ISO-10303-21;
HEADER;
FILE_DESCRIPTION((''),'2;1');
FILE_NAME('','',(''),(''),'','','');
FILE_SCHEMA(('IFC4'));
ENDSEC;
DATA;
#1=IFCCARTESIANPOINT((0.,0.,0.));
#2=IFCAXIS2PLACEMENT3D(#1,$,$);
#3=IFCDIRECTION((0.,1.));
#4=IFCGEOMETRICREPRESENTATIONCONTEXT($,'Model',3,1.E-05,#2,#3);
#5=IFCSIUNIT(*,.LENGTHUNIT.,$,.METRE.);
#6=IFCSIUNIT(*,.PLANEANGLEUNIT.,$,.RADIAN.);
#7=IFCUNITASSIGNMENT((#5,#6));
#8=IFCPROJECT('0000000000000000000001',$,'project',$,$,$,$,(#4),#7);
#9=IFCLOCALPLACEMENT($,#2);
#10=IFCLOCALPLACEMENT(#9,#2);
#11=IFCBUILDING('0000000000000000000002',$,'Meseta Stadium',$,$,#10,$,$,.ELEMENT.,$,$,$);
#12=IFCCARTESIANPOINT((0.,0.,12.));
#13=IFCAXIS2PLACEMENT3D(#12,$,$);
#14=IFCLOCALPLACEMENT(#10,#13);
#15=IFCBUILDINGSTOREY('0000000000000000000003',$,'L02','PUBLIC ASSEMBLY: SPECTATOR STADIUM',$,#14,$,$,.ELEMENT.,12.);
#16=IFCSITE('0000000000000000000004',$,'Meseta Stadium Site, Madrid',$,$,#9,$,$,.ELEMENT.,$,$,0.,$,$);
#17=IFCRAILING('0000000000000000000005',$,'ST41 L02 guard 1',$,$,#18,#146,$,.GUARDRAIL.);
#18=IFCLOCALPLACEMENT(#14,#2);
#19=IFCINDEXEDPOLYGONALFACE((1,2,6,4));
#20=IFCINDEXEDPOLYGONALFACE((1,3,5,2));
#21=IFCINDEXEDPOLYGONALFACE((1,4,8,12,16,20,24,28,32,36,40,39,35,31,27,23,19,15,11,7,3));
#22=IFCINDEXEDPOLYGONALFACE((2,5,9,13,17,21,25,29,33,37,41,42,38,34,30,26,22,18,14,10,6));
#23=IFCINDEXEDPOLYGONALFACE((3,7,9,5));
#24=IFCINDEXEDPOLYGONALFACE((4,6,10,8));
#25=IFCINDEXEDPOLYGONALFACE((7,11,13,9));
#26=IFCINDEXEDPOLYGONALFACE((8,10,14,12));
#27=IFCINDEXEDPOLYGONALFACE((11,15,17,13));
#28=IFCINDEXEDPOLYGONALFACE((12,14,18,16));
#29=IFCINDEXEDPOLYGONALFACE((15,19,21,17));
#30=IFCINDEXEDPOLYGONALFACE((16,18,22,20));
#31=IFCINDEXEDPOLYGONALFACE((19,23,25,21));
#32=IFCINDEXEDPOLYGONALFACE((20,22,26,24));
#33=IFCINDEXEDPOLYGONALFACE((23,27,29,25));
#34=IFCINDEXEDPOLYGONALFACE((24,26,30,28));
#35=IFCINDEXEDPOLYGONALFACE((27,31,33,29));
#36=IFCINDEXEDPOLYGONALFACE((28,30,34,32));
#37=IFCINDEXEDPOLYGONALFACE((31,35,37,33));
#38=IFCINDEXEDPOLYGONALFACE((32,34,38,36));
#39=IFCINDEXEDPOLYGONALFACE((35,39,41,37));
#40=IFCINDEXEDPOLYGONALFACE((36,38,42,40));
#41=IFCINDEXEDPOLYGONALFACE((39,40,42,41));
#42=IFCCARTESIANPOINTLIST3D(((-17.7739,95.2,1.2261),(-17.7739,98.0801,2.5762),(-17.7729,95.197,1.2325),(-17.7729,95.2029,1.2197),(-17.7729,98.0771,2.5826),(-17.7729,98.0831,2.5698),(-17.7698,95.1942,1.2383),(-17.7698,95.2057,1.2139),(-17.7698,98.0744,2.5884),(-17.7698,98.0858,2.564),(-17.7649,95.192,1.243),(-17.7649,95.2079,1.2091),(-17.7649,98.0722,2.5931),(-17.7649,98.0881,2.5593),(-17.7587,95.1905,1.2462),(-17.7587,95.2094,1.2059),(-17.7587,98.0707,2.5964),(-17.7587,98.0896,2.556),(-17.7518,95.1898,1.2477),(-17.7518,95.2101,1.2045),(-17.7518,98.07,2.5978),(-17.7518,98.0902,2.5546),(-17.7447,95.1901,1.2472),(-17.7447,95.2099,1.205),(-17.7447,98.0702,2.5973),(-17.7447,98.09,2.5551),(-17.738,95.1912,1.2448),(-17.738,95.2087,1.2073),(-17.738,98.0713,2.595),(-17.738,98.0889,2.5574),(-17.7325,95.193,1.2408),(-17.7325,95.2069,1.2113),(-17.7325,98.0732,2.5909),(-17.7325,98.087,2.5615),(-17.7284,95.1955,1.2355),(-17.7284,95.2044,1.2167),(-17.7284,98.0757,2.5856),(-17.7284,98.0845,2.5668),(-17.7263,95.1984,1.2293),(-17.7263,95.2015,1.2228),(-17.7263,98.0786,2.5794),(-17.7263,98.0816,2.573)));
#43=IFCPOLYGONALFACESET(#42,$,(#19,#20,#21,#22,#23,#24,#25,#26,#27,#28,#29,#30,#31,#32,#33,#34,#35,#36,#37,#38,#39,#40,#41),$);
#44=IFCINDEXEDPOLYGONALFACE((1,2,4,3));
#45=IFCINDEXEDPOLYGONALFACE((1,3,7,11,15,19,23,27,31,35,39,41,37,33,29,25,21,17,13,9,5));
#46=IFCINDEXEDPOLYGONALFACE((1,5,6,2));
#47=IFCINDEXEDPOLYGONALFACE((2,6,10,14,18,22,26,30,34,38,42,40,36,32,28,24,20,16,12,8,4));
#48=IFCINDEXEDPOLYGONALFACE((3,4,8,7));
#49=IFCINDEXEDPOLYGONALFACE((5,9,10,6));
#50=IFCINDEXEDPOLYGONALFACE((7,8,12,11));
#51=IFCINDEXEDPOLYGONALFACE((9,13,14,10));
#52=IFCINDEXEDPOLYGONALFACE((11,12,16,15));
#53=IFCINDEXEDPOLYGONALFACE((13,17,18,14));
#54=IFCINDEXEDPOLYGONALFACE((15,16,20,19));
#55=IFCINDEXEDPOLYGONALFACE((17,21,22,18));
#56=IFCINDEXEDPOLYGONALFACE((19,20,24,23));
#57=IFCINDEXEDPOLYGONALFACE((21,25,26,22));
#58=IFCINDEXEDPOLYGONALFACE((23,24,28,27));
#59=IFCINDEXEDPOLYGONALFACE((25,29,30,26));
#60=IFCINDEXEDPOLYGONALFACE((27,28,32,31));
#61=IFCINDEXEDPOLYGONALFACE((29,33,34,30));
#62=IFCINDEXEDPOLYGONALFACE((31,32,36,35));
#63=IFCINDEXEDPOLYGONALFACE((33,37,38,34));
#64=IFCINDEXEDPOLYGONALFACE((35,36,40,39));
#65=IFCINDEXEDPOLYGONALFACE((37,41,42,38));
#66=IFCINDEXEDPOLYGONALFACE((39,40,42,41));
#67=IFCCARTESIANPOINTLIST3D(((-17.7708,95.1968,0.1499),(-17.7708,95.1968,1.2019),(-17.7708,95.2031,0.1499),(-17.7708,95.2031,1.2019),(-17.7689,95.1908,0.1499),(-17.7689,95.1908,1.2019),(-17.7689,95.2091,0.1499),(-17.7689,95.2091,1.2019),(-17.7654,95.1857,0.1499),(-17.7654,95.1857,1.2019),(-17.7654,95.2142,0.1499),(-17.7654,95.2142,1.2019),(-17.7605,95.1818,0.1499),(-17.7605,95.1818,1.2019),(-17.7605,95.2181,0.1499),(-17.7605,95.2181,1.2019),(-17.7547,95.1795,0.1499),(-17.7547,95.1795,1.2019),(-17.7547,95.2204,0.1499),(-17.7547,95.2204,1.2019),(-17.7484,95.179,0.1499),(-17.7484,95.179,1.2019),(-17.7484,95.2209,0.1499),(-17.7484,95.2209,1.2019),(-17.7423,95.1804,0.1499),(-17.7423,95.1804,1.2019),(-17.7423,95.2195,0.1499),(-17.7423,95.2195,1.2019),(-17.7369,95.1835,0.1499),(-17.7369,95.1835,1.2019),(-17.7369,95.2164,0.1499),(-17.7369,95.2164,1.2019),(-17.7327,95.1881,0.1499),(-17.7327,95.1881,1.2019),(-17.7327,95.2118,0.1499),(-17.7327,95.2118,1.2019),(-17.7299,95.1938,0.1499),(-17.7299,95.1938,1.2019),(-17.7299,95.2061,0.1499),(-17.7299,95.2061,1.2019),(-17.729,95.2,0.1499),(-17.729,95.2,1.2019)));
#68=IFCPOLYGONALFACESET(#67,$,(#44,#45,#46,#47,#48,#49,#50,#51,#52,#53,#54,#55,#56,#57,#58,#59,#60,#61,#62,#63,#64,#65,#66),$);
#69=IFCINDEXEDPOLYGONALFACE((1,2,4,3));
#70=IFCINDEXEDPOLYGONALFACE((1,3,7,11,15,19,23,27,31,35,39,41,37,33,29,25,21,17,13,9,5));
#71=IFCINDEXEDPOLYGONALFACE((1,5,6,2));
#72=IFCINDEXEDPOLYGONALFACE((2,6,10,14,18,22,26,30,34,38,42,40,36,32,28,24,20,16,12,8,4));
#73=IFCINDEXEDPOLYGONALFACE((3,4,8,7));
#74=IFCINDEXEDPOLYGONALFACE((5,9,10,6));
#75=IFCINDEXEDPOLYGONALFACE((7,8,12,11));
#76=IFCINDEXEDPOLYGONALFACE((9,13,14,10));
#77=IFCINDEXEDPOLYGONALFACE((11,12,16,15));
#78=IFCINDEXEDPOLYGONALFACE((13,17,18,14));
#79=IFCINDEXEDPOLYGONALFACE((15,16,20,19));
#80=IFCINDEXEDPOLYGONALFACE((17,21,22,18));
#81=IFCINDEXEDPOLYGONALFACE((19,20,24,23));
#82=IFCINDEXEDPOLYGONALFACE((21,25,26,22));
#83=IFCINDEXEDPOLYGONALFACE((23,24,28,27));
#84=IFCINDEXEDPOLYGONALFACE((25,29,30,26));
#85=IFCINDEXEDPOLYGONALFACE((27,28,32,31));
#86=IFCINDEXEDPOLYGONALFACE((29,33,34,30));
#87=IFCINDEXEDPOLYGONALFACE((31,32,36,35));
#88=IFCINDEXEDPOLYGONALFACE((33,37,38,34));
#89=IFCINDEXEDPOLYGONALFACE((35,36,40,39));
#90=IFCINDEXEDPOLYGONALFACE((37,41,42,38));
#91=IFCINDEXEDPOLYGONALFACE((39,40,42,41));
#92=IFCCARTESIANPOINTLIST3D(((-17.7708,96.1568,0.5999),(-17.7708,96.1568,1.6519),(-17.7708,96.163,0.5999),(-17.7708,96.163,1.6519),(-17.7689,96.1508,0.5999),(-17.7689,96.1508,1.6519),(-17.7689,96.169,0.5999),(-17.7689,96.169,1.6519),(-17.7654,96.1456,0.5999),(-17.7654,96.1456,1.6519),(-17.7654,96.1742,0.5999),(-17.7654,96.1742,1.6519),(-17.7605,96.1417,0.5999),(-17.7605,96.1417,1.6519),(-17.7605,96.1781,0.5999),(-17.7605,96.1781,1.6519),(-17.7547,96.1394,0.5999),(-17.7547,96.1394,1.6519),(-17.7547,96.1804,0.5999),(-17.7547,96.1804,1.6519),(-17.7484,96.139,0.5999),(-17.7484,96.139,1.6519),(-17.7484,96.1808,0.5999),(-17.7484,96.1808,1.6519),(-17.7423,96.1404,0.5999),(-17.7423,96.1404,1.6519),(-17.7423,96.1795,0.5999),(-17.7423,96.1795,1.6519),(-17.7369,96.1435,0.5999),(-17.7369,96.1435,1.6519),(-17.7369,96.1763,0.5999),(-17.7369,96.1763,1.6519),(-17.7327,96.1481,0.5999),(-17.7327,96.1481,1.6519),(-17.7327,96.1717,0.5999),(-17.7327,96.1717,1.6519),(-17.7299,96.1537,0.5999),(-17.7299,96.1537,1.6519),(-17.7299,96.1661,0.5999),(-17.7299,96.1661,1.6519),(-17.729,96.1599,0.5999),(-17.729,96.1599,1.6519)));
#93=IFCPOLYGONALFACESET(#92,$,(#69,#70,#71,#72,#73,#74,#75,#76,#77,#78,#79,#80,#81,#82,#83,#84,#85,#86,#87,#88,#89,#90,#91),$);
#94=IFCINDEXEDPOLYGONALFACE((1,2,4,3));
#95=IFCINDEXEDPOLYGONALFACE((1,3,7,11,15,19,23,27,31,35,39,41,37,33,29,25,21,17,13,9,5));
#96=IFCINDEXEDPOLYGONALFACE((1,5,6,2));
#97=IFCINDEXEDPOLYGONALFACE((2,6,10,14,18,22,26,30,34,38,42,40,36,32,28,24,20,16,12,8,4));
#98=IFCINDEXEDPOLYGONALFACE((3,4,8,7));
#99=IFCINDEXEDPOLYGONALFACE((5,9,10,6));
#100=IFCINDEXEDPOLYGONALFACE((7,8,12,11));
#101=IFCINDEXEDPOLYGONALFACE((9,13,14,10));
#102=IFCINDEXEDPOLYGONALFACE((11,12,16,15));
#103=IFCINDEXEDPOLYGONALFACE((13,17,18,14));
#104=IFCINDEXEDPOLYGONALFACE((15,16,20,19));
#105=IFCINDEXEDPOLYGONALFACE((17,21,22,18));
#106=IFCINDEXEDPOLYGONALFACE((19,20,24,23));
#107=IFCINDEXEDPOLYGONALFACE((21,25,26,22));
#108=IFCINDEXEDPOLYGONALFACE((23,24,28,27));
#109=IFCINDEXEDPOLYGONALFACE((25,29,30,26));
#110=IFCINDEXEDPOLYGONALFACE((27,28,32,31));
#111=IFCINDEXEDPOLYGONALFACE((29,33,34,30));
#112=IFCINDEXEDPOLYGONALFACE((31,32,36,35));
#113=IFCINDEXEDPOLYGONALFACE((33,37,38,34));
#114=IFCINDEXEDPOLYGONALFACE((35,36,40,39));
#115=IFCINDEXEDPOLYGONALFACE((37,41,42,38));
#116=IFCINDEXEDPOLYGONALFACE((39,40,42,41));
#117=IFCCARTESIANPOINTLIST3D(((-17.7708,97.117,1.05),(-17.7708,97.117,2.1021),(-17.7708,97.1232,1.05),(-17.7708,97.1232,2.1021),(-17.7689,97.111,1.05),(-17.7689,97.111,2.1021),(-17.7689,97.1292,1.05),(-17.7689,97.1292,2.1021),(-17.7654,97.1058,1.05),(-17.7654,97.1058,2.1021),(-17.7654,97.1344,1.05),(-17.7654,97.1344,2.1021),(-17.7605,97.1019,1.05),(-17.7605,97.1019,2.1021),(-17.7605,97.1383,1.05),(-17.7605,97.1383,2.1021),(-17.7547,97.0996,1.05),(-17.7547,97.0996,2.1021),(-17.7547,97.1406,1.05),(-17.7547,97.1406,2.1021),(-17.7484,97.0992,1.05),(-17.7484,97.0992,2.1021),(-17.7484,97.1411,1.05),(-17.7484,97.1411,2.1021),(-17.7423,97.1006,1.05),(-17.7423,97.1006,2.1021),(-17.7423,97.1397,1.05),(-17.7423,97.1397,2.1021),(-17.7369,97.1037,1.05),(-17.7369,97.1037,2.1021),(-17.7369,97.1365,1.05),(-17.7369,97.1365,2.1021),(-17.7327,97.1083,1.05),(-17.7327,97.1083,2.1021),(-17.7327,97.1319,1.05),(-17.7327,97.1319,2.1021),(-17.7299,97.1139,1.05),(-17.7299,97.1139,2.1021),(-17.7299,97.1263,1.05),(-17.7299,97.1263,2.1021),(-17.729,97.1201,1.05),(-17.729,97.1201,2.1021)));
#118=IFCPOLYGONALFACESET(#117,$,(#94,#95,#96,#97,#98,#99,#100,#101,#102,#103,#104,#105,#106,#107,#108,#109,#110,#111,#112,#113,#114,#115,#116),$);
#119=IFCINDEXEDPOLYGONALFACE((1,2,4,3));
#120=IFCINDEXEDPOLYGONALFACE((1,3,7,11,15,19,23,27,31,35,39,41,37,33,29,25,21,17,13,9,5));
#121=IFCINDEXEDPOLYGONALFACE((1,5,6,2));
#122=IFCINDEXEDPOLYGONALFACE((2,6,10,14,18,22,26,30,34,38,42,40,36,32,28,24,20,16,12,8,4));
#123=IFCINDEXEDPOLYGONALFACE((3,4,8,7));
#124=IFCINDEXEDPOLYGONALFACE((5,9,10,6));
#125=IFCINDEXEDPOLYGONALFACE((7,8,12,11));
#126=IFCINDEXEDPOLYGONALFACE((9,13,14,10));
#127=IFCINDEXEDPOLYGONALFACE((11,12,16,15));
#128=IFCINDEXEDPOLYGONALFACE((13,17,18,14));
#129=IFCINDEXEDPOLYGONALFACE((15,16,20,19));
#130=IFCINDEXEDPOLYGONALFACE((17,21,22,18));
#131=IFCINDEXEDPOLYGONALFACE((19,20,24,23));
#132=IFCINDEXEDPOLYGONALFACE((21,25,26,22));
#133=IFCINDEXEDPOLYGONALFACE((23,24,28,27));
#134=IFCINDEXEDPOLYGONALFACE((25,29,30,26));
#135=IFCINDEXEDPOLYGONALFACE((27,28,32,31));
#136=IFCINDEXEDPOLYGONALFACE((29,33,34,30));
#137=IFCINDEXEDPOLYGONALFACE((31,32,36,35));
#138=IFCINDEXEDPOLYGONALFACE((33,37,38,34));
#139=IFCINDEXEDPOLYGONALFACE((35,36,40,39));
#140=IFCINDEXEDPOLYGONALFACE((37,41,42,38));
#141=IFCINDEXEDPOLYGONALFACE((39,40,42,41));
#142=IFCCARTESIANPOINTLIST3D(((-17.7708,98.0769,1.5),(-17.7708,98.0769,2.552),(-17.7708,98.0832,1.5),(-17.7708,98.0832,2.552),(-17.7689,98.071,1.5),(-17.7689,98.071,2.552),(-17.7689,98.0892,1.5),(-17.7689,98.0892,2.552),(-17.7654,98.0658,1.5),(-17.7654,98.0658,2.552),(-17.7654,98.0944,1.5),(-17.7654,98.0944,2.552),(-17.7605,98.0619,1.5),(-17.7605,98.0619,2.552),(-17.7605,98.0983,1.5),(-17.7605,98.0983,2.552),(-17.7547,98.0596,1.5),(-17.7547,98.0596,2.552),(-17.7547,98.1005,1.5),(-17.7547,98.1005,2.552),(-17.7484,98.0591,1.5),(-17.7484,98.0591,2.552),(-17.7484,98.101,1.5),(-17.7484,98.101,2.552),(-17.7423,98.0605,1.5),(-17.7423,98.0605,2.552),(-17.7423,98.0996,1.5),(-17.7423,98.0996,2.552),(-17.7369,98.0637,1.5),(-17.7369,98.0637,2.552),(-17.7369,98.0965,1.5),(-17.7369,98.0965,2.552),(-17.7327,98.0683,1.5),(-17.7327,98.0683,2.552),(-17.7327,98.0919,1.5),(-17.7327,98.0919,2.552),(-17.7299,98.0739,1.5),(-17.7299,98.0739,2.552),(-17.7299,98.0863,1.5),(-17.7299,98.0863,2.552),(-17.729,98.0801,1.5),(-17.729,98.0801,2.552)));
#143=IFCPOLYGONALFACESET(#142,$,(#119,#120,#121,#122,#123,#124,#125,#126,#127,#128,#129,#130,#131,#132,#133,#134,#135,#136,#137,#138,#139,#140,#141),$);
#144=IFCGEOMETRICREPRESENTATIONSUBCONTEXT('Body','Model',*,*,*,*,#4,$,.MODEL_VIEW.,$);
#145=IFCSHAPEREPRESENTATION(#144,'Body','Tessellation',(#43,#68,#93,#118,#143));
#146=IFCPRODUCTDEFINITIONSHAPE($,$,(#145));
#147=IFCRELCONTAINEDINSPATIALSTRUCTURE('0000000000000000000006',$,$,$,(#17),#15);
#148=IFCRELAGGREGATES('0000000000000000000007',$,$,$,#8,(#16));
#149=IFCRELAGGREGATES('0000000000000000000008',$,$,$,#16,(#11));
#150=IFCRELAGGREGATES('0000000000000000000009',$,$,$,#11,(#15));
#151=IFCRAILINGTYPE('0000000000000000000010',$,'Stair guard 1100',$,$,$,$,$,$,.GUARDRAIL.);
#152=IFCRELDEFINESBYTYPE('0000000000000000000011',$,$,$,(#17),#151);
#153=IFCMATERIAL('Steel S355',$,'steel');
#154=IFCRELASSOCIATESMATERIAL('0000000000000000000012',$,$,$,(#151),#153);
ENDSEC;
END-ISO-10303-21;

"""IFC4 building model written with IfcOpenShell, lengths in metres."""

from ifc_helpers import new_model, si_unit, direction, frame, origin, origin_2d, place, context, subcontext, project, spatial, circle, extrude, material, type_object, element, save


model = new_model("IFC4")

# Units and contexts
model_context = context("Model", 3, precision=1e-05, world=origin(), true_north=direction((0.0, 1.0)))
body_context = subcontext(model_context, "Body", "Model", "MODEL_VIEW")
ifc_project = project(units=[si_unit("LENGTHUNIT", "METRE"), si_unit("PLANEANGLEUNIT", "RADIAN")], contexts=[model_context])

# Site, building, storey
site_placement = place(None, origin())
site = spatial("IfcSite", under=ifc_project, at=site_placement, Name="Meseta Stadium Site, Madrid", CompositionType="ELEMENT", RefElevation=0.0)
building_placement = place(site_placement, origin())
building = spatial("IfcBuilding", under=site, at=building_placement, Name="Meseta Stadium", CompositionType="ELEMENT")
storey_placement = place(building_placement, frame((0.0, 0.0, 12.0)))
storey = spatial("IfcBuildingStorey", under=building, at=storey_placement, Name="L02", Description="PUBLIC ASSEMBLY: SPECTATOR STADIUM", CompositionType="ELEMENT", Elevation=12.0)

# Railing
ifc_material_1 = material(Name="Steel S355", Category="steel")
railing_type_1 = type_object("IfcRailingType", Name="Stair guard 1100", PredefinedType="GUARDRAIL", material=ifc_material_1)
railing_1_placement = place(storey_placement, frame((-17.75, 95.2, 0.1499)))
element("IfcRailing", 1, at=railing_1_placement, inside=storey, type_object=railing_type_1, Name="ST41 L02 guard 1", PredefinedType="GUARDRAIL", context=body_context, shape_type="SweptSolid", body=[
    extrude(circle(Radius=0.0239, at=origin_2d()), frame((0.0, 0.0, 1.0762), z_axis=(0.0, 0.905454, 0.424444), x_axis=(-1.0, 0.0, 0.0)), (0.0, 0.0, 1.0), 3.1809),
    extrude(circle(Radius=0.021, at=origin_2d()), origin(), (0.0, 0.0, 1.0), 1.052),
    extrude(circle(Radius=0.021, at=origin_2d()), frame((0.0, 0.96, 0.45)), (0.0, 0.0, 1.0), 1.052),
    extrude(circle(Radius=0.021, at=origin_2d()), frame((0.0, 1.9202, 0.9001)), (0.0, 0.0, 1.0), 1.052),
    extrude(circle(Radius=0.021, at=origin_2d()), frame((0.0, 2.8801, 1.3501)), (0.0, 0.0, 1.0), 1.052),
])

save(model, "model.ifc")
